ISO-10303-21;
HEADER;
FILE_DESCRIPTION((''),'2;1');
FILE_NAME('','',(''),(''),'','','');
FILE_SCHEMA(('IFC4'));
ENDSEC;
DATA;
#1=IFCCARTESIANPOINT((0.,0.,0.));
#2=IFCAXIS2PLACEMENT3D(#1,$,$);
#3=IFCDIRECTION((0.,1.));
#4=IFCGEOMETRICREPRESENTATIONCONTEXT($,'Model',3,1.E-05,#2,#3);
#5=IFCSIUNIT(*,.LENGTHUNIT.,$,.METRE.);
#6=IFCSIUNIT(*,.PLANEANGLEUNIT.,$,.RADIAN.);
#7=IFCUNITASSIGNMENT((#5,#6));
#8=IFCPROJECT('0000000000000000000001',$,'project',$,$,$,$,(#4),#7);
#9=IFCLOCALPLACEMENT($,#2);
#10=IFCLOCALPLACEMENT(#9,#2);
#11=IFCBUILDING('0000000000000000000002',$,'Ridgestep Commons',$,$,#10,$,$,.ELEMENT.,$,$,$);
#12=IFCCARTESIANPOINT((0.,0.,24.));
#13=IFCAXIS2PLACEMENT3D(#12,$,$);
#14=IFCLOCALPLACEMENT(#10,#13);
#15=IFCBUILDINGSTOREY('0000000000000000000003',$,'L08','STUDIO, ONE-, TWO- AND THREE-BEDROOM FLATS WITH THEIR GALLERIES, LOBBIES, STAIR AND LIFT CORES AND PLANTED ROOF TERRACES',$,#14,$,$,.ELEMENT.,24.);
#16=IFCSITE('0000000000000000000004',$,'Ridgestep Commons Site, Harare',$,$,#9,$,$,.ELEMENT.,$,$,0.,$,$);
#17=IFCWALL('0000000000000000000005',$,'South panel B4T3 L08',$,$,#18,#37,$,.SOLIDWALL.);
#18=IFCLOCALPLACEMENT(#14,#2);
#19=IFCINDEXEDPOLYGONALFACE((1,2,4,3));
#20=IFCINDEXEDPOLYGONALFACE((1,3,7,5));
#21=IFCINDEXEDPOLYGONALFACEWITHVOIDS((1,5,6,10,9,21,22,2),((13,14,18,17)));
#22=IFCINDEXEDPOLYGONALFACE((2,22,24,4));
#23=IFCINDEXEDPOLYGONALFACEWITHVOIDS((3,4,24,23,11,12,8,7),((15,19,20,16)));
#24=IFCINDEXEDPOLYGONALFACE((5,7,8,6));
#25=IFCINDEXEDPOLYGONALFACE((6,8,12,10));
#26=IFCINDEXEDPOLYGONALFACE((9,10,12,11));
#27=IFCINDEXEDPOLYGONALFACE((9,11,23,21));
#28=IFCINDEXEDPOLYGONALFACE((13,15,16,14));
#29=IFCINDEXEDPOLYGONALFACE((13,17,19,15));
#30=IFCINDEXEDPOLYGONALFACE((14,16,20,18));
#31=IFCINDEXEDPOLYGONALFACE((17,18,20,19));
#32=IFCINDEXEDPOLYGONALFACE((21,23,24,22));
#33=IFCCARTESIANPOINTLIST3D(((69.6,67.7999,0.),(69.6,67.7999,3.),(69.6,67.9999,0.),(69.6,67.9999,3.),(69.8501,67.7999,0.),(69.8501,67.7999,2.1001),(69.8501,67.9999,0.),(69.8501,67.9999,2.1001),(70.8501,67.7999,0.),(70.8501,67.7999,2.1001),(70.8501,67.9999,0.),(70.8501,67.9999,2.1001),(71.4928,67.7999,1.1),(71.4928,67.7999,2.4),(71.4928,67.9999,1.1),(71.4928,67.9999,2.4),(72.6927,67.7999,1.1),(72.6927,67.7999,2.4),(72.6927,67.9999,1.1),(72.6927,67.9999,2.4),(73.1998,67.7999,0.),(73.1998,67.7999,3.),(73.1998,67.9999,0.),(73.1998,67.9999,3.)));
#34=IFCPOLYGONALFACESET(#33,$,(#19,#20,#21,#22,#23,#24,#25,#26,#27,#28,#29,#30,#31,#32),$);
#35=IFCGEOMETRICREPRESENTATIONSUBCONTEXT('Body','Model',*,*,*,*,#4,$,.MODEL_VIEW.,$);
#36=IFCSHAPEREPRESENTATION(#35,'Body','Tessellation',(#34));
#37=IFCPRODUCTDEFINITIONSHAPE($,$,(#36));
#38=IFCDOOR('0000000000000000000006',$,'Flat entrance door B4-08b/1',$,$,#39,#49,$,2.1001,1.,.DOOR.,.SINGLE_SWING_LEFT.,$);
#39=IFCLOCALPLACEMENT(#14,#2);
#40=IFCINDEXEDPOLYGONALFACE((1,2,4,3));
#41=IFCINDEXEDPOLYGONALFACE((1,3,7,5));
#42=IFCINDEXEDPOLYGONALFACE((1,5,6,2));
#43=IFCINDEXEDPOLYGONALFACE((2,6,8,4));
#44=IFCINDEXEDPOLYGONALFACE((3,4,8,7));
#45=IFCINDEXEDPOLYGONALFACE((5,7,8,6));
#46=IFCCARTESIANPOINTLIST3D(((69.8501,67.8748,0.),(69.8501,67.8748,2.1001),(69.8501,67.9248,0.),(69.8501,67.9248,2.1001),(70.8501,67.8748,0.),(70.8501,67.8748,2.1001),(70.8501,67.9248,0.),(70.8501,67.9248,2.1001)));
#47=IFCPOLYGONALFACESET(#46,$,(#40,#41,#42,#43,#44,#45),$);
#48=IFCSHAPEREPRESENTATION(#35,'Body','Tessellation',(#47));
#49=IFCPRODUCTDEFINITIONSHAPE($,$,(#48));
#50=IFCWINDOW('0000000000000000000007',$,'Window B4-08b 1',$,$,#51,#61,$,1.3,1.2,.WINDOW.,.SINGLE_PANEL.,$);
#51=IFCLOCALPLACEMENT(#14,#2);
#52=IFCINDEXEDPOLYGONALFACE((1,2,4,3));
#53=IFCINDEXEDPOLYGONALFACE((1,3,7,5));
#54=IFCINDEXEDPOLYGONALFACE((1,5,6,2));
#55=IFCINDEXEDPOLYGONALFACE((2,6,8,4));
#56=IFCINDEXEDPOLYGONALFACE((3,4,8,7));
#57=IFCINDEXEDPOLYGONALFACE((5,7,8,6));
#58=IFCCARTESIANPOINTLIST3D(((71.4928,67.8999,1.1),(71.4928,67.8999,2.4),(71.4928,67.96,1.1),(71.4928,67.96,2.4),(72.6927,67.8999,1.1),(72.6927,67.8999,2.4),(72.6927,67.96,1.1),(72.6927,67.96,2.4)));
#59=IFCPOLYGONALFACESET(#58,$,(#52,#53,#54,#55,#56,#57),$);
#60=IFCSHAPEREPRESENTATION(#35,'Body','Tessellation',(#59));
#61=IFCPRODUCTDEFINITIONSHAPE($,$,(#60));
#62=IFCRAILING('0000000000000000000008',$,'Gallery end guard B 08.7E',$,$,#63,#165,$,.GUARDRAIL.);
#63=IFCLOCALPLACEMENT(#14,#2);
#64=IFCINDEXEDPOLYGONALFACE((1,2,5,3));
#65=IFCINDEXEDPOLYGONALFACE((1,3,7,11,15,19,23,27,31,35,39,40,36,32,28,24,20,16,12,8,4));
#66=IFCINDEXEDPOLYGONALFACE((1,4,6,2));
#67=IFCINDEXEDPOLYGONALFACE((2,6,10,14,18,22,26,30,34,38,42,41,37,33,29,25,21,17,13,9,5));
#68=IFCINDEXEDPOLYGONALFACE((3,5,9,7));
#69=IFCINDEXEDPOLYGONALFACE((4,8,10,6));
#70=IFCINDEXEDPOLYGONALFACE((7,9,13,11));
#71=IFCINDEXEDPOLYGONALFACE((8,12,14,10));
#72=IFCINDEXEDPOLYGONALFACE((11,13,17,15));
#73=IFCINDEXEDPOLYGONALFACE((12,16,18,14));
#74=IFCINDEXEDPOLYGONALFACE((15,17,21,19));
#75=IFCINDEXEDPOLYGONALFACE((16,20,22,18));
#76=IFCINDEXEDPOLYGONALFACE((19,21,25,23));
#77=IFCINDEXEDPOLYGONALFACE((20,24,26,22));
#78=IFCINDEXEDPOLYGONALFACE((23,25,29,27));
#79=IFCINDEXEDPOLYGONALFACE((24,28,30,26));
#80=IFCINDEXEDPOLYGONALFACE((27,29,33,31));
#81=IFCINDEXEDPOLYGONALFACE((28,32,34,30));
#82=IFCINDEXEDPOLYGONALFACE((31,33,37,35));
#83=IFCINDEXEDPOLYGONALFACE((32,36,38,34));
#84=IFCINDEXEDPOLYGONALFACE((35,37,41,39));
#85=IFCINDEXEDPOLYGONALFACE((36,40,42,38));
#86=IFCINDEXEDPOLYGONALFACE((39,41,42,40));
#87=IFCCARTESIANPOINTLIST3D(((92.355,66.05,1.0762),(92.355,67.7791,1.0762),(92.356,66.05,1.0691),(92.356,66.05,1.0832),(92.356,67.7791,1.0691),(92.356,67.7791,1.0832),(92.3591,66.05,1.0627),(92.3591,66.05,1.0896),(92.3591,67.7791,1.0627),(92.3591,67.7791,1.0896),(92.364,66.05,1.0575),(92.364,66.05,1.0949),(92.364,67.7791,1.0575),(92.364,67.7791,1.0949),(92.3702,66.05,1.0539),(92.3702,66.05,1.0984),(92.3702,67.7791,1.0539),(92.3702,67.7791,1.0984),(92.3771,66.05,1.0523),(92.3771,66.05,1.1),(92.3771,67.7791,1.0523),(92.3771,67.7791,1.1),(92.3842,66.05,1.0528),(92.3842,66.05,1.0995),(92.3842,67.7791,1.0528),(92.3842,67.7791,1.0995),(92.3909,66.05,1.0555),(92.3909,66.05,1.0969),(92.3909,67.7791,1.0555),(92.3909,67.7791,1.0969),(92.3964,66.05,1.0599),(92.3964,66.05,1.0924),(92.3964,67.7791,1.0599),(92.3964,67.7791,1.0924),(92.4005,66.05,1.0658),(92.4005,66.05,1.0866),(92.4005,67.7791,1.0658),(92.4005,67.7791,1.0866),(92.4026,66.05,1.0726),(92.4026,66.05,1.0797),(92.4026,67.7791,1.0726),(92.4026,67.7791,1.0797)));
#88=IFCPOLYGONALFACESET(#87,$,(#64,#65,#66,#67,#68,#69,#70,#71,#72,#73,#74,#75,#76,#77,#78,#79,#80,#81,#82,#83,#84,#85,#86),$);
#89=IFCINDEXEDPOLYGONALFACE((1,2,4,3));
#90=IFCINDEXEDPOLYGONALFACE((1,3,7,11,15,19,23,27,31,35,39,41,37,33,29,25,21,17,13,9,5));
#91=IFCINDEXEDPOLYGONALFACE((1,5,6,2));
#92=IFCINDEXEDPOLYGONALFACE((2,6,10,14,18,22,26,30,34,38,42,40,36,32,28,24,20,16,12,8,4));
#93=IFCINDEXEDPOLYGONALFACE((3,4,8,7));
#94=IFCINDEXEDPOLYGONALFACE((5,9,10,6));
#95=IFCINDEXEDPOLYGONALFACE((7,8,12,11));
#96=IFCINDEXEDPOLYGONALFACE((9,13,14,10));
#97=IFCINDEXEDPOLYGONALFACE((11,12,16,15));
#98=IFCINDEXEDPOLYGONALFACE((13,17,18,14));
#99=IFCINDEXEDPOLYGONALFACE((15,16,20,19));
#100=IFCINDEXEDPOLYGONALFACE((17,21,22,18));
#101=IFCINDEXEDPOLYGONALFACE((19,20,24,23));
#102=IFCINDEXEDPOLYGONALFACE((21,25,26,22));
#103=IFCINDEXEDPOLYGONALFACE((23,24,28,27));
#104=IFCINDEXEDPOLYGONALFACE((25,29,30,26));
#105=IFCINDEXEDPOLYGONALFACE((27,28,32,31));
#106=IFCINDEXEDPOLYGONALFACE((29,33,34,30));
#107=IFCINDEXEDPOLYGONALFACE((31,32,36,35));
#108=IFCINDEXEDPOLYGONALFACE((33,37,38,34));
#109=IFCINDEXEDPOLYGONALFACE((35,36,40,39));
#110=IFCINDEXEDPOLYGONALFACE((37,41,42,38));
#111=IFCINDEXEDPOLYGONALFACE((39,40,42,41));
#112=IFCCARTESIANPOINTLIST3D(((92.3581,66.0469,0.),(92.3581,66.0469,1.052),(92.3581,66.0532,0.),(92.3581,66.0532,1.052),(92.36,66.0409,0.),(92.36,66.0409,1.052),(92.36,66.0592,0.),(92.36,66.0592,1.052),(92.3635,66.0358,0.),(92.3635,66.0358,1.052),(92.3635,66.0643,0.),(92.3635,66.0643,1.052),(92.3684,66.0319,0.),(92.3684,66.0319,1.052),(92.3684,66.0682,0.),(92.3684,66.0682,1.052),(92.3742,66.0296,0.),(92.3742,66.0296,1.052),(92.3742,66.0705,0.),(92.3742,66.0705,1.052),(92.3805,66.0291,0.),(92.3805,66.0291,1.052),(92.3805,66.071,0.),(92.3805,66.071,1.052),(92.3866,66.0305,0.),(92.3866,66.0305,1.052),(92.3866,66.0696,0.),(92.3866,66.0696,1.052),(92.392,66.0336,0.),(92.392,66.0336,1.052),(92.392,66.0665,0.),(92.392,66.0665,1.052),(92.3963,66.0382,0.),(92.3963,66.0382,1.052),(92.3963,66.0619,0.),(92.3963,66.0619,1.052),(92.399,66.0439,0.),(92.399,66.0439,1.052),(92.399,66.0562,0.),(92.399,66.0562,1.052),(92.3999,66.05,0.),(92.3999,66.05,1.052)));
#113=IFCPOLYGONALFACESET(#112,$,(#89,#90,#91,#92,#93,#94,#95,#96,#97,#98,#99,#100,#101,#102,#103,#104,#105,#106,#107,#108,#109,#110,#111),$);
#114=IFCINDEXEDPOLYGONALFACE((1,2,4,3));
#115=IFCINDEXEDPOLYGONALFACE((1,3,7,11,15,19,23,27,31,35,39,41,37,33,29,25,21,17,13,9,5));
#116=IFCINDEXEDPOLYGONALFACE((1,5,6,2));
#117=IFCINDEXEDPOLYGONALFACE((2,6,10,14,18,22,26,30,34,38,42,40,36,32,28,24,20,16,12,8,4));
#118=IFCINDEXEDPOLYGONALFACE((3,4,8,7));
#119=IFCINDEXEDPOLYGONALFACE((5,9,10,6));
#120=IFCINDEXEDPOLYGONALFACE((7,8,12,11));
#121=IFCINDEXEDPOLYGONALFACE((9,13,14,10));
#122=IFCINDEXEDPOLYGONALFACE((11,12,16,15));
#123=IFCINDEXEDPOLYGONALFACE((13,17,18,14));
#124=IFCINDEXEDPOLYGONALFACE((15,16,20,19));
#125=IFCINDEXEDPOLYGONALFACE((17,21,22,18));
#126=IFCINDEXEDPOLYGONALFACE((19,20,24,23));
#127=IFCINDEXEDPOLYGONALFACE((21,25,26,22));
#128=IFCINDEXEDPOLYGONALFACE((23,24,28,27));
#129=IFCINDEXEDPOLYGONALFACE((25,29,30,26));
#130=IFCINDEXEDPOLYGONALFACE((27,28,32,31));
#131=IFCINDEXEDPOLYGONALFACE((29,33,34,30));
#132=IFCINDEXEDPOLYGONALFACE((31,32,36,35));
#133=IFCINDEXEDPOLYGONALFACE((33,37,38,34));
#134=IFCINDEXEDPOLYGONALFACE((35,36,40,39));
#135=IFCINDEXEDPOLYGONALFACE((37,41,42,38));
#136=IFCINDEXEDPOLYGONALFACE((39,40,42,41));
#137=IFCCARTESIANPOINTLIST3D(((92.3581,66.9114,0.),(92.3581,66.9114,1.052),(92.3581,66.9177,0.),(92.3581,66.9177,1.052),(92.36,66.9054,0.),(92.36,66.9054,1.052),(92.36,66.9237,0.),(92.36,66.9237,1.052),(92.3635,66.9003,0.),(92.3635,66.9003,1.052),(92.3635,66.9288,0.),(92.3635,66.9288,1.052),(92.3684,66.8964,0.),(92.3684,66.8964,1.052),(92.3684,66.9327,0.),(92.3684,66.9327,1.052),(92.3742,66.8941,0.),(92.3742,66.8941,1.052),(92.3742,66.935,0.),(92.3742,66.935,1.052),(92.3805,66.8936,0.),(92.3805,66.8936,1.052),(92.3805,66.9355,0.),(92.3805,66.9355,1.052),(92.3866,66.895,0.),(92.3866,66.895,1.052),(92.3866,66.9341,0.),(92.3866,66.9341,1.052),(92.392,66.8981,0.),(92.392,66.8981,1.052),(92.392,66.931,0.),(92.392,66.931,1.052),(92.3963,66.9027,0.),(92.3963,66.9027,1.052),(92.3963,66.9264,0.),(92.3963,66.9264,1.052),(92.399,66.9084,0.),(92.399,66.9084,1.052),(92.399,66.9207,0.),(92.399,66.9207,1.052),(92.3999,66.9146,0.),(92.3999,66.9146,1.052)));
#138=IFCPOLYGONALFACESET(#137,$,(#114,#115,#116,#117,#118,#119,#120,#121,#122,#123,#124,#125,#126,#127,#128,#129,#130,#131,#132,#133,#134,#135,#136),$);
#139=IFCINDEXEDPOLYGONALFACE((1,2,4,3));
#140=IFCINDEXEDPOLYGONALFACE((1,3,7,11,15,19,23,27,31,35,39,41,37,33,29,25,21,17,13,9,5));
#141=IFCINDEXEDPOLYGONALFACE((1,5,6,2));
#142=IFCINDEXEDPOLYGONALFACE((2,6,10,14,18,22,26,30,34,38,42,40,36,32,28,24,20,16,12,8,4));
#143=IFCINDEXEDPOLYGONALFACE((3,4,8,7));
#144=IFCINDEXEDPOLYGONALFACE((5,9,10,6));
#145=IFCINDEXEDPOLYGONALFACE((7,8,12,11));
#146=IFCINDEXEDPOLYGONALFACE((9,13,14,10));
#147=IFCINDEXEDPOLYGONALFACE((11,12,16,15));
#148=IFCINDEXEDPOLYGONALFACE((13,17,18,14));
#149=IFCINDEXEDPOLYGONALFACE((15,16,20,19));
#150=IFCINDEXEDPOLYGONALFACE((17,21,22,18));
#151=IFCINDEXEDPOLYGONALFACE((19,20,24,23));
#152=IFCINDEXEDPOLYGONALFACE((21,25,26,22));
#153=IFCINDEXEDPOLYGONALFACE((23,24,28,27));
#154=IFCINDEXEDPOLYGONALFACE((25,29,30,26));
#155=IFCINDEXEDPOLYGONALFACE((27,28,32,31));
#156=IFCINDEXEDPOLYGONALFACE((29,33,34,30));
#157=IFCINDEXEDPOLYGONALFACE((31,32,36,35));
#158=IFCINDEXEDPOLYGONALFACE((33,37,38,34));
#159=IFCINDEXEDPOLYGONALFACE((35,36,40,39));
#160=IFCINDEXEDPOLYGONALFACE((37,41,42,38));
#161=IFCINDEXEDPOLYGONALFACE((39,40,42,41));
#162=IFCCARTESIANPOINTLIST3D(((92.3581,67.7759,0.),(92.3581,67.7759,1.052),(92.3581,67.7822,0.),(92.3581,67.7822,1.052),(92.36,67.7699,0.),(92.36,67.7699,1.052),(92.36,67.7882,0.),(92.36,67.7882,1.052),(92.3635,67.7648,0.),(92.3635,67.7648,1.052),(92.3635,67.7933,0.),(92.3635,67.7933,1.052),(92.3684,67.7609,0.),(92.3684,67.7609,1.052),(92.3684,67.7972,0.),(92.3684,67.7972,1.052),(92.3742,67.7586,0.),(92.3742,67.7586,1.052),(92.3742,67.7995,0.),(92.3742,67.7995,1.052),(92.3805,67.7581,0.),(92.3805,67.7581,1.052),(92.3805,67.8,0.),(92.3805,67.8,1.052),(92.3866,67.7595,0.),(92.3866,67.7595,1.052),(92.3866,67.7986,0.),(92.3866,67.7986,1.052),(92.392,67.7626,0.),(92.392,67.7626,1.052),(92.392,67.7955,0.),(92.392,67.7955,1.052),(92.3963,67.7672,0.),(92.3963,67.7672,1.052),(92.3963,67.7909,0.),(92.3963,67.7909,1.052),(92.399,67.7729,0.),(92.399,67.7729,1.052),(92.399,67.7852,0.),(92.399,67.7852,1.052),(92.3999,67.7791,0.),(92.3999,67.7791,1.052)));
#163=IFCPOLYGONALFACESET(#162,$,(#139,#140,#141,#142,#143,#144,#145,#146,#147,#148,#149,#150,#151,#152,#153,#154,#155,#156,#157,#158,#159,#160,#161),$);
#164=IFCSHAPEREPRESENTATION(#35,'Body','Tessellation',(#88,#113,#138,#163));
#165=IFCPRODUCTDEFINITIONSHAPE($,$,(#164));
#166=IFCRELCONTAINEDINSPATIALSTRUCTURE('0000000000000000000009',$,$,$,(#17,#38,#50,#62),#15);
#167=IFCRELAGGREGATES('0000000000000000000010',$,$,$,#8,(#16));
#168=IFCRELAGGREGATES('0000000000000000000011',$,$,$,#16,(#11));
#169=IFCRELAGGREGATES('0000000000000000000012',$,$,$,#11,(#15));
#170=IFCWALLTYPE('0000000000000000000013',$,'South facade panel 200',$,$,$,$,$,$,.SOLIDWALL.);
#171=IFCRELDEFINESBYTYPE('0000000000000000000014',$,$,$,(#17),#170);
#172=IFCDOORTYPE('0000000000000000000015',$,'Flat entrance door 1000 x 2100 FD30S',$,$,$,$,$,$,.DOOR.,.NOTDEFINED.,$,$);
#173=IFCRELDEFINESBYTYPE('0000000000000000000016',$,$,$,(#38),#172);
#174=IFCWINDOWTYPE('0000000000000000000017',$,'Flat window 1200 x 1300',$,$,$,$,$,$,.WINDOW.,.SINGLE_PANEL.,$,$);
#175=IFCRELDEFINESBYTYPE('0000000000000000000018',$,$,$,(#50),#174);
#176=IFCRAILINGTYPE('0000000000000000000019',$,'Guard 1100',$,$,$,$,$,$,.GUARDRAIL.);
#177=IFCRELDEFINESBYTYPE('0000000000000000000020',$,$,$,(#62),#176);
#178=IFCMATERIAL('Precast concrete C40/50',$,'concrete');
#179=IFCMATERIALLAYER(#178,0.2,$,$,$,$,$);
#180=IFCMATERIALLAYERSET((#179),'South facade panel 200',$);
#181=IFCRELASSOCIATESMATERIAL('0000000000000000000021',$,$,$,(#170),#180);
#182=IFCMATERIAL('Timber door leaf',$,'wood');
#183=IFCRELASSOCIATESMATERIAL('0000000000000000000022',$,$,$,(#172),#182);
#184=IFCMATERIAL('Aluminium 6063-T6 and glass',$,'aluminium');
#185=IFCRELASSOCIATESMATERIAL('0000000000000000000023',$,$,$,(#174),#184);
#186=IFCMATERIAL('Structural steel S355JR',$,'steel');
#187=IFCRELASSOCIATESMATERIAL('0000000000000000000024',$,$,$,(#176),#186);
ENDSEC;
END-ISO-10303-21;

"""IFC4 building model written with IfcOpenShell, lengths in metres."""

from ifc_helpers import new_model, si_unit, direction, frame, frame_2d, origin, origin_2d, place, context, subcontext, project, spatial, rectangle, circle, extrude, material, layer, layer_set, type_object, element, fill, save


model = new_model("IFC4")

# Units and contexts
model_context = context("Model", 3, precision=1e-05, world=origin(), true_north=direction((0.0, 1.0)))
body_context = subcontext(model_context, "Body", "Model", "MODEL_VIEW")
ifc_project = project(units=[si_unit("LENGTHUNIT", "METRE"), si_unit("PLANEANGLEUNIT", "RADIAN")], contexts=[model_context])

# Site, building, storey
site_placement = place(None, origin())
site = spatial("IfcSite", under=ifc_project, at=site_placement, Name="Ridgestep Commons Site, Harare", CompositionType="ELEMENT", RefElevation=0.0)
building_placement = place(site_placement, origin())
building = spatial("IfcBuilding", under=site, at=building_placement, Name="Ridgestep Commons", CompositionType="ELEMENT")
storey_placement = place(building_placement, frame((0.0, 0.0, 24.0)))
storey = spatial("IfcBuildingStorey", under=building, at=storey_placement, Name="L08", Description="STUDIO, ONE-, TWO- AND THREE-BEDROOM FLATS WITH THEIR GALLERIES, LOBBIES, STAIR AND LIFT CORES AND PLANTED ROOF TERRACES", CompositionType="ELEMENT", Elevation=24.0)

# Wall, openings, door, window
ifc_material_1 = material(Name="Precast concrete C40/50", Category="concrete")
ifc_layer_1 = layer(ifc_material_1, 0.2)
ifc_layer_set_1 = layer_set([ifc_layer_1], Name="South facade panel 200")
wall_type_1 = type_object("IfcWallType", Name="South facade panel 200", PredefinedType="SOLIDWALL", material=ifc_layer_set_1)
wall_1_placement = place(storey_placement, frame((69.6001, 67.8999, 0.0), z_axis=(0.0, 0.0, 1.0), x_axis=(1.0, 0.0, 0.0)))
wall_1 = element("IfcWall", 1, at=wall_1_placement, inside=storey, type_object=wall_type_1, Name="South panel B4T3 L08", PredefinedType="SOLIDWALL", context=body_context, shape_type="SweptSolid", body=[
    extrude(rectangle(XDim=3.5999, YDim=0.2, at=frame_2d((1.7998, 0.0))), origin(), (0.0, 0.0, 1.0), 3.0),
])
opening_1_placement = place(wall_1_placement, frame((1.8926, 0.0, 1.1001)))
opening_1 = element("IfcOpeningElement", 2, at=opening_1_placement, cuts=wall_1, PredefinedType="OPENING", context=body_context, shape_type="SweptSolid", body=[
    extrude(rectangle(XDim=1.2, YDim=1.3, at=frame_2d((0.6001, 0.6499))), frame((0.0, 0.1099, 0.0), z_axis=(0.0, -1.0, 0.0), x_axis=(1.0, 0.0, 0.0)), (0.0, 0.0, 1.0), 0.22),
])
opening_2_placement = place(wall_1_placement, frame((0.25, 0.0, 0.0)))
opening_2 = element("IfcOpeningElement", 3, at=opening_2_placement, cuts=wall_1, PredefinedType="OPENING", context=body_context, shape_type="SweptSolid", body=[
    extrude(rectangle(XDim=1.0, YDim=2.1001, at=frame_2d((0.5, 1.05))), frame((0.0, 0.1099, 0.0), z_axis=(0.0, -1.0, 0.0), x_axis=(1.0, 0.0, 0.0)), (0.0, 0.0, 1.0), 0.22),
])
ifc_material_2 = material(Name="Timber door leaf", Category="wood")
door_type_1 = type_object("IfcDoorType", Name="Flat entrance door 1000 x 2100 FD30S", OperationType="NOTDEFINED", PredefinedType="DOOR", material=ifc_material_2)
door_1_placement = place(opening_2_placement, origin())
door_1 = element("IfcDoor", 4, at=door_1_placement, inside=storey, type_object=door_type_1, Name="Flat entrance door B4-08b/1", OperationType="SINGLE_SWING_LEFT", OverallHeight=2.1001, OverallWidth=1.0, PredefinedType="DOOR", context=body_context, shape_type="SweptSolid", body=[
    extrude(rectangle(XDim=1.0, YDim=2.1001, at=frame_2d((0.5, 1.05))), frame((0.0, 0.0249, 0.0), z_axis=(0.0, -1.0, 0.0), x_axis=(1.0, 0.0, 0.0)), (0.0, 0.0, 1.0), 0.05),
])
fill(opening_2, door_1)
ifc_material_3 = material(Name="Aluminium 6063-T6 and glass", Category="aluminium")
window_type = type_object("IfcWindowType", Name="Flat window 1200 x 1300", PartitioningType="SINGLE_PANEL", PredefinedType="WINDOW", material=ifc_material_3)
window_placement = place(opening_1_placement, origin())
window = element("IfcWindow", 5, at=window_placement, inside=storey, type_object=window_type, Name="Window B4-08b 1", OverallHeight=1.3, OverallWidth=1.2, PartitioningType="SINGLE_PANEL", PredefinedType="WINDOW", context=body_context, shape_type="SweptSolid", body=[
    extrude(rectangle(XDim=1.2, YDim=1.3, at=frame_2d((0.6001, 0.6499))), frame((0.0, 0.0601, 0.0), z_axis=(0.0, -1.0, 0.0), x_axis=(1.0, 0.0, 0.0)), (0.0, 0.0, 1.0), 0.0601),
])
fill(opening_1, window)

# Railing
ifc_material_4 = material(Name="Structural steel S355JR", Category="steel")
railing_type = type_object("IfcRailingType", Name="Guard 1100", PredefinedType="GUARDRAIL", material=ifc_material_4)
railing_1_placement = place(storey_placement, frame((92.3789, 66.05, 0.0)))
element("IfcRailing", 6, at=railing_1_placement, inside=storey, type_object=railing_type, Name="Gallery end guard B 08.7E", PredefinedType="GUARDRAIL", context=body_context, shape_type="SweptSolid", body=[
    extrude(circle(Radius=0.0239, at=origin_2d()), frame((0.0, 0.0, 1.0762), z_axis=(0.0, 1.0, 0.0), x_axis=(-1.0, 0.0, 0.0)), (0.0, 0.0, 1.0), 1.729),
    extrude(circle(Radius=0.021, at=origin_2d()), origin(), (0.0, 0.0, 1.0), 1.052),
    extrude(circle(Radius=0.021, at=origin_2d()), frame((0.0, 0.8645, 0.0)), (0.0, 0.0, 1.0), 1.052),
    extrude(circle(Radius=0.021, at=origin_2d()), frame((0.0, 1.729, 0.0)), (0.0, 0.0, 1.0), 1.052),
])

save(model, "model.ifc")
